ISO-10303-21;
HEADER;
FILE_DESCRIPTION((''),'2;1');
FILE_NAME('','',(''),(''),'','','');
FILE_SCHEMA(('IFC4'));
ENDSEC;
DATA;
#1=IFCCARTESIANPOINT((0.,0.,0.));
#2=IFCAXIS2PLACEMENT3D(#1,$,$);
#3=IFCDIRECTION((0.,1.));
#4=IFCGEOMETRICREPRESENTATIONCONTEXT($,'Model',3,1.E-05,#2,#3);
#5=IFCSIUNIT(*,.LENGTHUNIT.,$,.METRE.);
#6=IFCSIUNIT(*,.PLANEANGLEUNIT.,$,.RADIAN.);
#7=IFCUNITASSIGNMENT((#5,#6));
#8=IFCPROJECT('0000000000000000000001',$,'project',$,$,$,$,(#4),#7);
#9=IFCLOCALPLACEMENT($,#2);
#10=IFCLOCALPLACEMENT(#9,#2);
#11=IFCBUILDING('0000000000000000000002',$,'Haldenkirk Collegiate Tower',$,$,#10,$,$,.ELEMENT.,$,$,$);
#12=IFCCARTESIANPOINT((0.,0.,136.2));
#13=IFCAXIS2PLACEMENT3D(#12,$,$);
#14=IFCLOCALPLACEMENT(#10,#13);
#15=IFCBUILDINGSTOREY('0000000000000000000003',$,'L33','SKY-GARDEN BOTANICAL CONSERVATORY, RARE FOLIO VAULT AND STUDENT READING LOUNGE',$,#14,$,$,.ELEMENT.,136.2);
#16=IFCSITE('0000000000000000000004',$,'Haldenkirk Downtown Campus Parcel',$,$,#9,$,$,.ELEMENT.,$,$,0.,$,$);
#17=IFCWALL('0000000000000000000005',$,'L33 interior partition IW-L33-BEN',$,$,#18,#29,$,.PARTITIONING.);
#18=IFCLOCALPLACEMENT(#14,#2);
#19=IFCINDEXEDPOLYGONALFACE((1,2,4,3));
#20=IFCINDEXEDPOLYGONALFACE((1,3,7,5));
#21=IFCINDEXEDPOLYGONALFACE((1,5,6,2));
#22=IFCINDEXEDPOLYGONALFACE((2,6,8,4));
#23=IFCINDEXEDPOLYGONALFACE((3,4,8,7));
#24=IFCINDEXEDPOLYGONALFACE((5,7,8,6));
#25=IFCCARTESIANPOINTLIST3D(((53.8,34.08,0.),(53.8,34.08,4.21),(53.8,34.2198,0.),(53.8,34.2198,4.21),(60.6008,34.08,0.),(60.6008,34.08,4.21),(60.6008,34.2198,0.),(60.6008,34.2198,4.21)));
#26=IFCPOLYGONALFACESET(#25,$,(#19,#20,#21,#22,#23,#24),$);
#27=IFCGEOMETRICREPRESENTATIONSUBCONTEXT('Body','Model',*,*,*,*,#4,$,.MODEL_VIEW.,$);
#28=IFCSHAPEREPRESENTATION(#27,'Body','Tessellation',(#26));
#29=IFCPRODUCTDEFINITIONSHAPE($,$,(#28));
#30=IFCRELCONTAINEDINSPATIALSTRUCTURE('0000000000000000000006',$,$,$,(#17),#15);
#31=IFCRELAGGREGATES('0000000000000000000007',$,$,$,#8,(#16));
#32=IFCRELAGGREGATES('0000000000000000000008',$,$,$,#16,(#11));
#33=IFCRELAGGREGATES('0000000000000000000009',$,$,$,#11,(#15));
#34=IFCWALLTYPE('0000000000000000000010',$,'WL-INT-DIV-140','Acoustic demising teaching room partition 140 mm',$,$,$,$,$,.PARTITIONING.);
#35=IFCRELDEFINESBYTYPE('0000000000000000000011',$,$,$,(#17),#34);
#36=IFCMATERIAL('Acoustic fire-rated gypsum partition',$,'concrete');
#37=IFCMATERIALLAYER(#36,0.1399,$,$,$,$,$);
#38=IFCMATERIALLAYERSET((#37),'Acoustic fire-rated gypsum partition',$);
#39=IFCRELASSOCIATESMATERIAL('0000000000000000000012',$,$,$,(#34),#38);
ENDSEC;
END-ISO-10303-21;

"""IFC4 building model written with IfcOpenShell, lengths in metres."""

from ifc_helpers import new_model, si_unit, direction, frame, frame_2d, origin, place, context, subcontext, project, spatial, rectangle, extrude, material, layer, layer_set, type_object, element, save


model = new_model("IFC4")

# Units and contexts
model_context = context("Model", 3, precision=1e-05, world=origin(), true_north=direction((0.0, 1.0)))
body_context = subcontext(model_context, "Body", "Model", "MODEL_VIEW")
ifc_project = project(units=[si_unit("LENGTHUNIT", "METRE"), si_unit("PLANEANGLEUNIT", "RADIAN")], contexts=[model_context])

# Site, building, storey
site_placement = place(None, origin())
site = spatial("IfcSite", under=ifc_project, at=site_placement, Name="Haldenkirk Downtown Campus Parcel", CompositionType="ELEMENT", RefElevation=0.0)
building_placement = place(site_placement, origin())
building = spatial("IfcBuilding", under=site, at=building_placement, Name="Haldenkirk Collegiate Tower", CompositionType="ELEMENT")
storey_placement = place(building_placement, frame((0.0, 0.0, 136.2)))
storey = spatial("IfcBuildingStorey", under=building, at=storey_placement, Name="L33", Description="SKY-GARDEN BOTANICAL CONSERVATORY, RARE FOLIO VAULT AND STUDENT READING LOUNGE", CompositionType="ELEMENT", Elevation=136.2)

# Shared definitions
ifc_material_1 = material(Name="Acoustic fire-rated gypsum partition", Category="concrete")

# Wall
ifc_layer_1 = layer(ifc_material_1, 0.1399)
ifc_layer_set_1 = layer_set([ifc_layer_1], Name="Acoustic fire-rated gypsum partition")
wall_type_1 = type_object("IfcWallType", Name="WL-INT-DIV-140", Description="Acoustic demising teaching room partition 140 mm", PredefinedType="PARTITIONING", material=ifc_layer_set_1)
wall_1_placement = place(storey_placement, frame((53.8, 34.1499, 0.0), z_axis=(0.0, 0.0, 1.0), x_axis=(1.0, 0.0, 0.0)))
element("IfcWall", 1, at=wall_1_placement, inside=storey, type_object=wall_type_1, Name="L33 interior partition IW-L33-BEN", PredefinedType="PARTITIONING", context=body_context, shape_type="SweptSolid", body=[
    extrude(rectangle(XDim=6.8008, YDim=0.1399, at=frame_2d((3.4004, 0.0))), origin(), (0.0, 0.0, 1.0), 4.21),
])

save(model, "model.ifc")
